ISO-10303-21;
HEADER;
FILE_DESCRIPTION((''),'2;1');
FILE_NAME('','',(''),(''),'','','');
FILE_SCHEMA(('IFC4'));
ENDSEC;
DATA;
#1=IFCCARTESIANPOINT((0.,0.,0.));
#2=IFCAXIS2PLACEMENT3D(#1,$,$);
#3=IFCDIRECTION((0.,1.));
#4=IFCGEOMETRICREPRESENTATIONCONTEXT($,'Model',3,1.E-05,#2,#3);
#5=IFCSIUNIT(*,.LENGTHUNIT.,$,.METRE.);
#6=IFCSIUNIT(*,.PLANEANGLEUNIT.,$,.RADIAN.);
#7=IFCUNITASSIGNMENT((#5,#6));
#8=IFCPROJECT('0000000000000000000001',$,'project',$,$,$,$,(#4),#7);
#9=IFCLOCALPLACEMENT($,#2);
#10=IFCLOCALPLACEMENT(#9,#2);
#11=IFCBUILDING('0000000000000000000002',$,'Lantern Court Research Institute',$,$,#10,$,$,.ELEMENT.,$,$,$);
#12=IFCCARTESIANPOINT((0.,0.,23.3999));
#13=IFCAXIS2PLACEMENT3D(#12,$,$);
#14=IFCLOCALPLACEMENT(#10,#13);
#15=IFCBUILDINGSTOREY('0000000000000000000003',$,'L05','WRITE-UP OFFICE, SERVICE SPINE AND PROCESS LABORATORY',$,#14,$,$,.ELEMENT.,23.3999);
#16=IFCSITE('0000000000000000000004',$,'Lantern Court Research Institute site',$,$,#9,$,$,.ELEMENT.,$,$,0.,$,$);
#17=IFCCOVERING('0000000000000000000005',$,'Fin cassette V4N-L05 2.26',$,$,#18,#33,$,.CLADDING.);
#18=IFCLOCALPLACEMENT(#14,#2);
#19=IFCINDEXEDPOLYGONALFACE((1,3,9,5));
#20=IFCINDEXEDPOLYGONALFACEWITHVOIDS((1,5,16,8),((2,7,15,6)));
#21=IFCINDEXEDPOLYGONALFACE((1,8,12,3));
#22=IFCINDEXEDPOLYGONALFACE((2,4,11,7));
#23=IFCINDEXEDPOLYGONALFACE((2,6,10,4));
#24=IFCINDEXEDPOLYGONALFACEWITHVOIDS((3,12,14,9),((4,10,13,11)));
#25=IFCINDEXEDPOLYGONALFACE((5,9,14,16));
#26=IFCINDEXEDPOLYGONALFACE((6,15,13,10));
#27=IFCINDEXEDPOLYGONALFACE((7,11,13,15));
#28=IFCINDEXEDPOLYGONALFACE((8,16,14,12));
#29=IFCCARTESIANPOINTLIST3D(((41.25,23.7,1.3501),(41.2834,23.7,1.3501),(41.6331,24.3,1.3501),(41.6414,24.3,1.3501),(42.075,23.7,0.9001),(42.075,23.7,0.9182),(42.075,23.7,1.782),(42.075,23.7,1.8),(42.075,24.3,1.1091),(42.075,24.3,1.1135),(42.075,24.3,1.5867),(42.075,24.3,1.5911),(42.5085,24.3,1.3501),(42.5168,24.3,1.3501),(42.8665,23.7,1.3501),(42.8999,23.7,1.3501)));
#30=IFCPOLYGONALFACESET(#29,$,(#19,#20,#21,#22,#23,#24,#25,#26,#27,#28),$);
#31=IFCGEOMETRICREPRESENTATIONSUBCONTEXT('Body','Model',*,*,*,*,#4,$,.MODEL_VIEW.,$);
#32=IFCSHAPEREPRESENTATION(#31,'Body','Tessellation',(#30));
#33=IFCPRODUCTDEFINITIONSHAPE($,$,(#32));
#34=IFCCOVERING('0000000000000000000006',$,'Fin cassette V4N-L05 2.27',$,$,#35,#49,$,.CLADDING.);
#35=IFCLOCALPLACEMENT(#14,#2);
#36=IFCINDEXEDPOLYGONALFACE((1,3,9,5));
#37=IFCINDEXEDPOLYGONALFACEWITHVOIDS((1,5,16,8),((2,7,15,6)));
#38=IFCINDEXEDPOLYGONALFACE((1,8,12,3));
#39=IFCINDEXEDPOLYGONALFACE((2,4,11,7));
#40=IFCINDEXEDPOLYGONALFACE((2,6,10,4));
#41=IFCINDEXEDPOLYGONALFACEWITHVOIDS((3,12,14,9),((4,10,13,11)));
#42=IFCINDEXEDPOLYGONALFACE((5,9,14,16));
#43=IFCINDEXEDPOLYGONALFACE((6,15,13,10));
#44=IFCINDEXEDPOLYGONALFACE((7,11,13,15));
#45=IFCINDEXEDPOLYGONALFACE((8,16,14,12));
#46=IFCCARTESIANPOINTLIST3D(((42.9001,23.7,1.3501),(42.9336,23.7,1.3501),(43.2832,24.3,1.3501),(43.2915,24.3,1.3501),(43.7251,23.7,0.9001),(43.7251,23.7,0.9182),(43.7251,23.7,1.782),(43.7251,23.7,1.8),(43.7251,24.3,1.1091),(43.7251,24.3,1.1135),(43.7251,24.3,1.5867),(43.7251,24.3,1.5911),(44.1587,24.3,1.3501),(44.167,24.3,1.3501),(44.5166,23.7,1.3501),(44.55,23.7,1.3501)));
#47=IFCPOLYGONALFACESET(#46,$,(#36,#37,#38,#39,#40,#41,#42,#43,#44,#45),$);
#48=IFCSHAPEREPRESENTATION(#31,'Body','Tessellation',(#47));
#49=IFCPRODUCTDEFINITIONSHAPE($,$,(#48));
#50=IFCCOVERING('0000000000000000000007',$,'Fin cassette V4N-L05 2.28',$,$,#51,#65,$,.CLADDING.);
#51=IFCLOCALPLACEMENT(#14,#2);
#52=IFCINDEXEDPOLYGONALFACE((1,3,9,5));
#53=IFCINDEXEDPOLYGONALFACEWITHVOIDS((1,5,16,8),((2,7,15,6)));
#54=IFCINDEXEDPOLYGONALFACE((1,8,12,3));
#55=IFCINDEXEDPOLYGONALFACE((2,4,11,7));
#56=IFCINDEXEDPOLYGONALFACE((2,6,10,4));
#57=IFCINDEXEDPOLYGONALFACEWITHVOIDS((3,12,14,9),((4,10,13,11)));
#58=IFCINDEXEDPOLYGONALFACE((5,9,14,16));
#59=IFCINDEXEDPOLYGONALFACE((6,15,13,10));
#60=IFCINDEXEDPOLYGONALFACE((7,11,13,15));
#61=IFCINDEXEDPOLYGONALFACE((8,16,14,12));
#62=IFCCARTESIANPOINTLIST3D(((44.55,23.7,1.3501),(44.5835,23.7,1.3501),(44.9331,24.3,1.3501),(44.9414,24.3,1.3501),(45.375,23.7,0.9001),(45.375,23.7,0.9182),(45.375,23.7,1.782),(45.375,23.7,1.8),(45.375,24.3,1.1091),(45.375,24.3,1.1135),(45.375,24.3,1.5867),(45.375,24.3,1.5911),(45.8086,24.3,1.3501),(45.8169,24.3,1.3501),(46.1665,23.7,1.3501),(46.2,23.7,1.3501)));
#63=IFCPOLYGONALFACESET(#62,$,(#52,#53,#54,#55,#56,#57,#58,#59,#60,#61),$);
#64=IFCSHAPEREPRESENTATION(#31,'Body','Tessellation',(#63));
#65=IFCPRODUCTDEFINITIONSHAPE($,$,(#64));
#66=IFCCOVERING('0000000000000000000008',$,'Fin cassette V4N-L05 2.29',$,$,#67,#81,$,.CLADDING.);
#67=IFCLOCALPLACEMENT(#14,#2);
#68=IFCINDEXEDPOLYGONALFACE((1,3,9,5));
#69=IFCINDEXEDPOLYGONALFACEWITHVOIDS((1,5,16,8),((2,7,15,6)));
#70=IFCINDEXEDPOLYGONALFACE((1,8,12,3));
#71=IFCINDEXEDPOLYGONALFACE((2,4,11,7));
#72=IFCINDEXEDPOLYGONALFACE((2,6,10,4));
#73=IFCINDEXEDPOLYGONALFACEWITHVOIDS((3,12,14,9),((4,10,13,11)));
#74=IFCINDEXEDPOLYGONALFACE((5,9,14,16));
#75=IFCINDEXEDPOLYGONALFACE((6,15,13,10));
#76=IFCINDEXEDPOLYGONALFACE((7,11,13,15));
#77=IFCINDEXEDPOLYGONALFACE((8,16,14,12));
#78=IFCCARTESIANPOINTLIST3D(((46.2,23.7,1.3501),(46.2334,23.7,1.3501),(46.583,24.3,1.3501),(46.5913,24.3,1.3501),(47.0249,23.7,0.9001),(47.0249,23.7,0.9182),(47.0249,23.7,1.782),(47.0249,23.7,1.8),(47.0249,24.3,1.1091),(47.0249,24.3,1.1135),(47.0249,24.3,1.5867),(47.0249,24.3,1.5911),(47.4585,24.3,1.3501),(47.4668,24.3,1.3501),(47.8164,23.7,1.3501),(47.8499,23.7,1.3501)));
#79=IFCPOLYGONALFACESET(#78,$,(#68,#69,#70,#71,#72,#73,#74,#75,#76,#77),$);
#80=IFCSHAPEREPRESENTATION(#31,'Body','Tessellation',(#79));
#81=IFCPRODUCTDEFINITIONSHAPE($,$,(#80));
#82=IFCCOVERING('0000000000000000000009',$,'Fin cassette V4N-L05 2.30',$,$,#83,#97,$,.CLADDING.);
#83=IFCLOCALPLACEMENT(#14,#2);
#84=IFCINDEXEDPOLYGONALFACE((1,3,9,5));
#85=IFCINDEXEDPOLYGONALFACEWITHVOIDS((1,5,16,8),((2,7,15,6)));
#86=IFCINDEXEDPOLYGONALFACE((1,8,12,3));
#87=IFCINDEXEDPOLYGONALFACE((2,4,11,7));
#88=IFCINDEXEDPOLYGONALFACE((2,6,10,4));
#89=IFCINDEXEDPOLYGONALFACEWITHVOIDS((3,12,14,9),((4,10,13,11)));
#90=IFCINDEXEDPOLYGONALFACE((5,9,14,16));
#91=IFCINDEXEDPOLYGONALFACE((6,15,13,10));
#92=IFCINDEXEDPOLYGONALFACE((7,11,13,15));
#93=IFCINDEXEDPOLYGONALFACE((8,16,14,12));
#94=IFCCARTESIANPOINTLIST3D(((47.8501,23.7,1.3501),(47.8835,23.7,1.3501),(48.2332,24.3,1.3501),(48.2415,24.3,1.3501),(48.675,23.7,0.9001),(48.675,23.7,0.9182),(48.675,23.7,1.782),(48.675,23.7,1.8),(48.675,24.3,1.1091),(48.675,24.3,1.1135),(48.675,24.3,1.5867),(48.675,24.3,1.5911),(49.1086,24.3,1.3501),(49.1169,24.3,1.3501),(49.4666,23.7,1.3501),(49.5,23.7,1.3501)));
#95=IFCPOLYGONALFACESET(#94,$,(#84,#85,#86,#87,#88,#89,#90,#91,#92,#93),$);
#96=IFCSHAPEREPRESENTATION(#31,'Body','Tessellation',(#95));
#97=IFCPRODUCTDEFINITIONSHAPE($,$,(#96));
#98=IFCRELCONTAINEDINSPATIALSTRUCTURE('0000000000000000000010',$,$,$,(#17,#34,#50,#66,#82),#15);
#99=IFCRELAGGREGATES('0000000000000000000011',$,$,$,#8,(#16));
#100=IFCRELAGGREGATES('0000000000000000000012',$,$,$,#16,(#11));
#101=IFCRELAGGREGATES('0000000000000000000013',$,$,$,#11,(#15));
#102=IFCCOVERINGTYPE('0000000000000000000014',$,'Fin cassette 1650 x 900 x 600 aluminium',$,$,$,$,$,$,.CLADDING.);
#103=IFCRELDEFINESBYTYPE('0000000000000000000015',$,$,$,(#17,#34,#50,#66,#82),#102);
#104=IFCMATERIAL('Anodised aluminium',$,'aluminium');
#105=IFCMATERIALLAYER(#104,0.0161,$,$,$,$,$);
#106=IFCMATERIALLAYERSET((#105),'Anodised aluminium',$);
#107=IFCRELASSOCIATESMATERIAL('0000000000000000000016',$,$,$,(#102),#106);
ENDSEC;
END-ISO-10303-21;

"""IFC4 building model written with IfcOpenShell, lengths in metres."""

from ifc_helpers import new_model, entity, si_unit, direction, frame, origin, place, context, subcontext, project, spatial, material, layer, layer_set, type_object, element, save


model = new_model("IFC4")

# Units and contexts
model_context = context("Model", 3, precision=1e-05, world=origin(), true_north=direction((0.0, 1.0)))
body_context = subcontext(model_context, "Body", "Model", "MODEL_VIEW")
ifc_project = project(units=[si_unit("LENGTHUNIT", "METRE"), si_unit("PLANEANGLEUNIT", "RADIAN")], contexts=[model_context])

# Site, building, storey
site_placement = place(None, origin())
site = spatial("IfcSite", under=ifc_project, at=site_placement, Name="Lantern Court Research Institute site", CompositionType="ELEMENT", RefElevation=0.0)
building_placement = place(site_placement, origin())
building = spatial("IfcBuilding", under=site, at=building_placement, Name="Lantern Court Research Institute", CompositionType="ELEMENT")
storey_placement = place(building_placement, frame((0.0, 0.0, 23.3999)))
storey = spatial("IfcBuildingStorey", under=building, at=storey_placement, Name="L05", Description="WRITE-UP OFFICE, SERVICE SPINE AND PROCESS LABORATORY", CompositionType="ELEMENT", Elevation=23.3999)

# Coverings
ifc_material_1 = material(Name="Anodised aluminium", Category="aluminium")
ifc_layer_1 = layer(ifc_material_1, 0.0161)
ifc_layer_set_1 = layer_set([ifc_layer_1], Name="Anodised aluminium")
covering_type = type_object("IfcCoveringType", Name="Fin cassette 1650 x 900 x 600 aluminium", PredefinedType="CLADDING", material=ifc_layer_set_1)
covering_1_placement = place(storey_placement, frame((42.075, 23.7, 1.3501), z_axis=(0.0, 1.0, 0.0), x_axis=(-1.0, 0.0, 0.0)))
cartesian_point_1 = entity("IfcCartesianPoint", [0.825, 0.0])
cartesian_point_2 = entity("IfcCartesianPoint", [0.7915, 0.0])
cartesian_point_3 = entity("IfcCartesianPoint", [0.4419, 0.0])
cartesian_point_4 = entity("IfcCartesianPoint", [0.4336, 0.0])
element("IfcCovering", 1, at=covering_1_placement, inside=storey, type_object=covering_type, Name="Fin cassette V4N-L05 2.26", PredefinedType="CLADDING", context=body_context, shape_type="SweptSolid", body=[
    entity("IfcExtrudedAreaSolidTapered", entity("IfcArbitraryProfileDefWithVoids", "AREA", None, entity("IfcPolyline", [cartesian_point_1, entity("IfcCartesianPoint", [0.0, 0.45]), entity("IfcCartesianPoint", [-0.825, 0.0]), entity("IfcCartesianPoint", [0.0, -0.45]), cartesian_point_1]), [entity("IfcPolyline", [cartesian_point_2, entity("IfcCartesianPoint", [0.0, 0.4319]), entity("IfcCartesianPoint", [-0.7915, 0.0]), entity("IfcCartesianPoint", [0.0, -0.4319]), cartesian_point_2])]), entity("IfcAxis2Placement3D", entity("IfcCartesianPoint", [0.0, 0.0, 0.0])), entity("IfcDirection", [0.0, 0.0, 1.0]), 0.6001, entity("IfcArbitraryProfileDefWithVoids", "AREA", None, entity("IfcPolyline", [cartesian_point_3, entity("IfcCartesianPoint", [0.0, 0.241]), entity("IfcCartesianPoint", [-0.4419, 0.0]), entity("IfcCartesianPoint", [0.0, -0.241]), cartesian_point_3]), [entity("IfcPolyline", [cartesian_point_4, entity("IfcCartesianPoint", [0.0, 0.2366]), entity("IfcCartesianPoint", [-0.4336, 0.0]), entity("IfcCartesianPoint", [0.0, -0.2366]), cartesian_point_4])])),
])
covering_2_placement = place(storey_placement, frame((43.7251, 23.7, 1.3501), z_axis=(0.0, 1.0, 0.0), x_axis=(-1.0, 0.0, 0.0)))
cartesian_point_5 = entity("IfcCartesianPoint", [0.825, 0.0])
cartesian_point_6 = entity("IfcCartesianPoint", [0.7915, 0.0])
cartesian_point_7 = entity("IfcCartesianPoint", [0.4419, 0.0])
cartesian_point_8 = entity("IfcCartesianPoint", [0.4336, 0.0])
element("IfcCovering", 2, at=covering_2_placement, inside=storey, type_object=covering_type, Name="Fin cassette V4N-L05 2.27", PredefinedType="CLADDING", context=body_context, shape_type="SweptSolid", body=[
    entity("IfcExtrudedAreaSolidTapered", entity("IfcArbitraryProfileDefWithVoids", "AREA", None, entity("IfcPolyline", [cartesian_point_5, entity("IfcCartesianPoint", [0.0, 0.45]), entity("IfcCartesianPoint", [-0.825, 0.0]), entity("IfcCartesianPoint", [0.0, -0.45]), cartesian_point_5]), [entity("IfcPolyline", [cartesian_point_6, entity("IfcCartesianPoint", [0.0, 0.4319]), entity("IfcCartesianPoint", [-0.7915, 0.0]), entity("IfcCartesianPoint", [0.0, -0.4319]), cartesian_point_6])]), entity("IfcAxis2Placement3D", entity("IfcCartesianPoint", [0.0, 0.0, 0.0])), entity("IfcDirection", [0.0, 0.0, 1.0]), 0.6001, entity("IfcArbitraryProfileDefWithVoids", "AREA", None, entity("IfcPolyline", [cartesian_point_7, entity("IfcCartesianPoint", [0.0, 0.241]), entity("IfcCartesianPoint", [-0.4419, 0.0]), entity("IfcCartesianPoint", [0.0, -0.241]), cartesian_point_7]), [entity("IfcPolyline", [cartesian_point_8, entity("IfcCartesianPoint", [0.0, 0.2366]), entity("IfcCartesianPoint", [-0.4336, 0.0]), entity("IfcCartesianPoint", [0.0, -0.2366]), cartesian_point_8])])),
])
covering_3_placement = place(storey_placement, frame((45.375, 23.7, 1.3501), z_axis=(0.0, 1.0, 0.0), x_axis=(-1.0, 0.0, 0.0)))
cartesian_point_9 = entity("IfcCartesianPoint", [0.825, 0.0])
cartesian_point_10 = entity("IfcCartesianPoint", [0.7915, 0.0])
cartesian_point_11 = entity("IfcCartesianPoint", [0.4419, 0.0])
cartesian_point_12 = entity("IfcCartesianPoint", [0.4336, 0.0])
element("IfcCovering", 3, at=covering_3_placement, inside=storey, type_object=covering_type, Name="Fin cassette V4N-L05 2.28", PredefinedType="CLADDING", context=body_context, shape_type="SweptSolid", body=[
    entity("IfcExtrudedAreaSolidTapered", entity("IfcArbitraryProfileDefWithVoids", "AREA", None, entity("IfcPolyline", [cartesian_point_9, entity("IfcCartesianPoint", [0.0, 0.45]), entity("IfcCartesianPoint", [-0.825, 0.0]), entity("IfcCartesianPoint", [0.0, -0.45]), cartesian_point_9]), [entity("IfcPolyline", [cartesian_point_10, entity("IfcCartesianPoint", [0.0, 0.4319]), entity("IfcCartesianPoint", [-0.7915, 0.0]), entity("IfcCartesianPoint", [0.0, -0.4319]), cartesian_point_10])]), entity("IfcAxis2Placement3D", entity("IfcCartesianPoint", [0.0, 0.0, 0.0])), entity("IfcDirection", [0.0, 0.0, 1.0]), 0.6001, entity("IfcArbitraryProfileDefWithVoids", "AREA", None, entity("IfcPolyline", [cartesian_point_11, entity("IfcCartesianPoint", [0.0, 0.241]), entity("IfcCartesianPoint", [-0.4419, 0.0]), entity("IfcCartesianPoint", [0.0, -0.241]), cartesian_point_11]), [entity("IfcPolyline", [cartesian_point_12, entity("IfcCartesianPoint", [0.0, 0.2366]), entity("IfcCartesianPoint", [-0.4336, 0.0]), entity("IfcCartesianPoint", [0.0, -0.2366]), cartesian_point_12])])),
])
covering_4_placement = place(storey_placement, frame((47.0249, 23.7, 1.3501), z_axis=(0.0, 1.0, 0.0), x_axis=(-1.0, 0.0, 0.0)))
cartesian_point_13 = entity("IfcCartesianPoint", [0.825, 0.0])
cartesian_point_14 = entity("IfcCartesianPoint", [0.7915, 0.0])
cartesian_point_15 = entity("IfcCartesianPoint", [0.4419, 0.0])
cartesian_point_16 = entity("IfcCartesianPoint", [0.4336, 0.0])
element("IfcCovering", 4, at=covering_4_placement, inside=storey, type_object=covering_type, Name="Fin cassette V4N-L05 2.29", PredefinedType="CLADDING", context=body_context, shape_type="SweptSolid", body=[
    entity("IfcExtrudedAreaSolidTapered", entity("IfcArbitraryProfileDefWithVoids", "AREA", None, entity("IfcPolyline", [cartesian_point_13, entity("IfcCartesianPoint", [0.0, 0.45]), entity("IfcCartesianPoint", [-0.825, 0.0]), entity("IfcCartesianPoint", [0.0, -0.45]), cartesian_point_13]), [entity("IfcPolyline", [cartesian_point_14, entity("IfcCartesianPoint", [0.0, 0.4319]), entity("IfcCartesianPoint", [-0.7915, 0.0]), entity("IfcCartesianPoint", [0.0, -0.4319]), cartesian_point_14])]), entity("IfcAxis2Placement3D", entity("IfcCartesianPoint", [0.0, 0.0, 0.0])), entity("IfcDirection", [0.0, 0.0, 1.0]), 0.6001, entity("IfcArbitraryProfileDefWithVoids", "AREA", None, entity("IfcPolyline", [cartesian_point_15, entity("IfcCartesianPoint", [0.0, 0.241]), entity("IfcCartesianPoint", [-0.4419, 0.0]), entity("IfcCartesianPoint", [0.0, -0.241]), cartesian_point_15]), [entity("IfcPolyline", [cartesian_point_16, entity("IfcCartesianPoint", [0.0, 0.2366]), entity("IfcCartesianPoint", [-0.4336, 0.0]), entity("IfcCartesianPoint", [0.0, -0.2366]), cartesian_point_16])])),
])
covering_5_placement = place(storey_placement, frame((48.675, 23.7, 1.3501), z_axis=(0.0, 1.0, 0.0), x_axis=(-1.0, 0.0, 0.0)))
cartesian_point_17 = entity("IfcCartesianPoint", [0.825, 0.0])
cartesian_point_18 = entity("IfcCartesianPoint", [0.7915, 0.0])
cartesian_point_19 = entity("IfcCartesianPoint", [0.4419, 0.0])
cartesian_point_20 = entity("IfcCartesianPoint", [0.4336, 0.0])
element("IfcCovering", 5, at=covering_5_placement, inside=storey, type_object=covering_type, Name="Fin cassette V4N-L05 2.30", PredefinedType="CLADDING", context=body_context, shape_type="SweptSolid", body=[
    entity("IfcExtrudedAreaSolidTapered", entity("IfcArbitraryProfileDefWithVoids", "AREA", None, entity("IfcPolyline", [cartesian_point_17, entity("IfcCartesianPoint", [0.0, 0.45]), entity("IfcCartesianPoint", [-0.825, 0.0]), entity("IfcCartesianPoint", [0.0, -0.45]), cartesian_point_17]), [entity("IfcPolyline", [cartesian_point_18, entity("IfcCartesianPoint", [0.0, 0.4319]), entity("IfcCartesianPoint", [-0.7915, 0.0]), entity("IfcCartesianPoint", [0.0, -0.4319]), cartesian_point_18])]), entity("IfcAxis2Placement3D", entity("IfcCartesianPoint", [0.0, 0.0, 0.0])), entity("IfcDirection", [0.0, 0.0, 1.0]), 0.6001, entity("IfcArbitraryProfileDefWithVoids", "AREA", None, entity("IfcPolyline", [cartesian_point_19, entity("IfcCartesianPoint", [0.0, 0.241]), entity("IfcCartesianPoint", [-0.4419, 0.0]), entity("IfcCartesianPoint", [0.0, -0.241]), cartesian_point_19]), [entity("IfcPolyline", [cartesian_point_20, entity("IfcCartesianPoint", [0.0, 0.2366]), entity("IfcCartesianPoint", [-0.4336, 0.0]), entity("IfcCartesianPoint", [0.0, -0.2366]), cartesian_point_20])])),
])

save(model, "model.ifc")
